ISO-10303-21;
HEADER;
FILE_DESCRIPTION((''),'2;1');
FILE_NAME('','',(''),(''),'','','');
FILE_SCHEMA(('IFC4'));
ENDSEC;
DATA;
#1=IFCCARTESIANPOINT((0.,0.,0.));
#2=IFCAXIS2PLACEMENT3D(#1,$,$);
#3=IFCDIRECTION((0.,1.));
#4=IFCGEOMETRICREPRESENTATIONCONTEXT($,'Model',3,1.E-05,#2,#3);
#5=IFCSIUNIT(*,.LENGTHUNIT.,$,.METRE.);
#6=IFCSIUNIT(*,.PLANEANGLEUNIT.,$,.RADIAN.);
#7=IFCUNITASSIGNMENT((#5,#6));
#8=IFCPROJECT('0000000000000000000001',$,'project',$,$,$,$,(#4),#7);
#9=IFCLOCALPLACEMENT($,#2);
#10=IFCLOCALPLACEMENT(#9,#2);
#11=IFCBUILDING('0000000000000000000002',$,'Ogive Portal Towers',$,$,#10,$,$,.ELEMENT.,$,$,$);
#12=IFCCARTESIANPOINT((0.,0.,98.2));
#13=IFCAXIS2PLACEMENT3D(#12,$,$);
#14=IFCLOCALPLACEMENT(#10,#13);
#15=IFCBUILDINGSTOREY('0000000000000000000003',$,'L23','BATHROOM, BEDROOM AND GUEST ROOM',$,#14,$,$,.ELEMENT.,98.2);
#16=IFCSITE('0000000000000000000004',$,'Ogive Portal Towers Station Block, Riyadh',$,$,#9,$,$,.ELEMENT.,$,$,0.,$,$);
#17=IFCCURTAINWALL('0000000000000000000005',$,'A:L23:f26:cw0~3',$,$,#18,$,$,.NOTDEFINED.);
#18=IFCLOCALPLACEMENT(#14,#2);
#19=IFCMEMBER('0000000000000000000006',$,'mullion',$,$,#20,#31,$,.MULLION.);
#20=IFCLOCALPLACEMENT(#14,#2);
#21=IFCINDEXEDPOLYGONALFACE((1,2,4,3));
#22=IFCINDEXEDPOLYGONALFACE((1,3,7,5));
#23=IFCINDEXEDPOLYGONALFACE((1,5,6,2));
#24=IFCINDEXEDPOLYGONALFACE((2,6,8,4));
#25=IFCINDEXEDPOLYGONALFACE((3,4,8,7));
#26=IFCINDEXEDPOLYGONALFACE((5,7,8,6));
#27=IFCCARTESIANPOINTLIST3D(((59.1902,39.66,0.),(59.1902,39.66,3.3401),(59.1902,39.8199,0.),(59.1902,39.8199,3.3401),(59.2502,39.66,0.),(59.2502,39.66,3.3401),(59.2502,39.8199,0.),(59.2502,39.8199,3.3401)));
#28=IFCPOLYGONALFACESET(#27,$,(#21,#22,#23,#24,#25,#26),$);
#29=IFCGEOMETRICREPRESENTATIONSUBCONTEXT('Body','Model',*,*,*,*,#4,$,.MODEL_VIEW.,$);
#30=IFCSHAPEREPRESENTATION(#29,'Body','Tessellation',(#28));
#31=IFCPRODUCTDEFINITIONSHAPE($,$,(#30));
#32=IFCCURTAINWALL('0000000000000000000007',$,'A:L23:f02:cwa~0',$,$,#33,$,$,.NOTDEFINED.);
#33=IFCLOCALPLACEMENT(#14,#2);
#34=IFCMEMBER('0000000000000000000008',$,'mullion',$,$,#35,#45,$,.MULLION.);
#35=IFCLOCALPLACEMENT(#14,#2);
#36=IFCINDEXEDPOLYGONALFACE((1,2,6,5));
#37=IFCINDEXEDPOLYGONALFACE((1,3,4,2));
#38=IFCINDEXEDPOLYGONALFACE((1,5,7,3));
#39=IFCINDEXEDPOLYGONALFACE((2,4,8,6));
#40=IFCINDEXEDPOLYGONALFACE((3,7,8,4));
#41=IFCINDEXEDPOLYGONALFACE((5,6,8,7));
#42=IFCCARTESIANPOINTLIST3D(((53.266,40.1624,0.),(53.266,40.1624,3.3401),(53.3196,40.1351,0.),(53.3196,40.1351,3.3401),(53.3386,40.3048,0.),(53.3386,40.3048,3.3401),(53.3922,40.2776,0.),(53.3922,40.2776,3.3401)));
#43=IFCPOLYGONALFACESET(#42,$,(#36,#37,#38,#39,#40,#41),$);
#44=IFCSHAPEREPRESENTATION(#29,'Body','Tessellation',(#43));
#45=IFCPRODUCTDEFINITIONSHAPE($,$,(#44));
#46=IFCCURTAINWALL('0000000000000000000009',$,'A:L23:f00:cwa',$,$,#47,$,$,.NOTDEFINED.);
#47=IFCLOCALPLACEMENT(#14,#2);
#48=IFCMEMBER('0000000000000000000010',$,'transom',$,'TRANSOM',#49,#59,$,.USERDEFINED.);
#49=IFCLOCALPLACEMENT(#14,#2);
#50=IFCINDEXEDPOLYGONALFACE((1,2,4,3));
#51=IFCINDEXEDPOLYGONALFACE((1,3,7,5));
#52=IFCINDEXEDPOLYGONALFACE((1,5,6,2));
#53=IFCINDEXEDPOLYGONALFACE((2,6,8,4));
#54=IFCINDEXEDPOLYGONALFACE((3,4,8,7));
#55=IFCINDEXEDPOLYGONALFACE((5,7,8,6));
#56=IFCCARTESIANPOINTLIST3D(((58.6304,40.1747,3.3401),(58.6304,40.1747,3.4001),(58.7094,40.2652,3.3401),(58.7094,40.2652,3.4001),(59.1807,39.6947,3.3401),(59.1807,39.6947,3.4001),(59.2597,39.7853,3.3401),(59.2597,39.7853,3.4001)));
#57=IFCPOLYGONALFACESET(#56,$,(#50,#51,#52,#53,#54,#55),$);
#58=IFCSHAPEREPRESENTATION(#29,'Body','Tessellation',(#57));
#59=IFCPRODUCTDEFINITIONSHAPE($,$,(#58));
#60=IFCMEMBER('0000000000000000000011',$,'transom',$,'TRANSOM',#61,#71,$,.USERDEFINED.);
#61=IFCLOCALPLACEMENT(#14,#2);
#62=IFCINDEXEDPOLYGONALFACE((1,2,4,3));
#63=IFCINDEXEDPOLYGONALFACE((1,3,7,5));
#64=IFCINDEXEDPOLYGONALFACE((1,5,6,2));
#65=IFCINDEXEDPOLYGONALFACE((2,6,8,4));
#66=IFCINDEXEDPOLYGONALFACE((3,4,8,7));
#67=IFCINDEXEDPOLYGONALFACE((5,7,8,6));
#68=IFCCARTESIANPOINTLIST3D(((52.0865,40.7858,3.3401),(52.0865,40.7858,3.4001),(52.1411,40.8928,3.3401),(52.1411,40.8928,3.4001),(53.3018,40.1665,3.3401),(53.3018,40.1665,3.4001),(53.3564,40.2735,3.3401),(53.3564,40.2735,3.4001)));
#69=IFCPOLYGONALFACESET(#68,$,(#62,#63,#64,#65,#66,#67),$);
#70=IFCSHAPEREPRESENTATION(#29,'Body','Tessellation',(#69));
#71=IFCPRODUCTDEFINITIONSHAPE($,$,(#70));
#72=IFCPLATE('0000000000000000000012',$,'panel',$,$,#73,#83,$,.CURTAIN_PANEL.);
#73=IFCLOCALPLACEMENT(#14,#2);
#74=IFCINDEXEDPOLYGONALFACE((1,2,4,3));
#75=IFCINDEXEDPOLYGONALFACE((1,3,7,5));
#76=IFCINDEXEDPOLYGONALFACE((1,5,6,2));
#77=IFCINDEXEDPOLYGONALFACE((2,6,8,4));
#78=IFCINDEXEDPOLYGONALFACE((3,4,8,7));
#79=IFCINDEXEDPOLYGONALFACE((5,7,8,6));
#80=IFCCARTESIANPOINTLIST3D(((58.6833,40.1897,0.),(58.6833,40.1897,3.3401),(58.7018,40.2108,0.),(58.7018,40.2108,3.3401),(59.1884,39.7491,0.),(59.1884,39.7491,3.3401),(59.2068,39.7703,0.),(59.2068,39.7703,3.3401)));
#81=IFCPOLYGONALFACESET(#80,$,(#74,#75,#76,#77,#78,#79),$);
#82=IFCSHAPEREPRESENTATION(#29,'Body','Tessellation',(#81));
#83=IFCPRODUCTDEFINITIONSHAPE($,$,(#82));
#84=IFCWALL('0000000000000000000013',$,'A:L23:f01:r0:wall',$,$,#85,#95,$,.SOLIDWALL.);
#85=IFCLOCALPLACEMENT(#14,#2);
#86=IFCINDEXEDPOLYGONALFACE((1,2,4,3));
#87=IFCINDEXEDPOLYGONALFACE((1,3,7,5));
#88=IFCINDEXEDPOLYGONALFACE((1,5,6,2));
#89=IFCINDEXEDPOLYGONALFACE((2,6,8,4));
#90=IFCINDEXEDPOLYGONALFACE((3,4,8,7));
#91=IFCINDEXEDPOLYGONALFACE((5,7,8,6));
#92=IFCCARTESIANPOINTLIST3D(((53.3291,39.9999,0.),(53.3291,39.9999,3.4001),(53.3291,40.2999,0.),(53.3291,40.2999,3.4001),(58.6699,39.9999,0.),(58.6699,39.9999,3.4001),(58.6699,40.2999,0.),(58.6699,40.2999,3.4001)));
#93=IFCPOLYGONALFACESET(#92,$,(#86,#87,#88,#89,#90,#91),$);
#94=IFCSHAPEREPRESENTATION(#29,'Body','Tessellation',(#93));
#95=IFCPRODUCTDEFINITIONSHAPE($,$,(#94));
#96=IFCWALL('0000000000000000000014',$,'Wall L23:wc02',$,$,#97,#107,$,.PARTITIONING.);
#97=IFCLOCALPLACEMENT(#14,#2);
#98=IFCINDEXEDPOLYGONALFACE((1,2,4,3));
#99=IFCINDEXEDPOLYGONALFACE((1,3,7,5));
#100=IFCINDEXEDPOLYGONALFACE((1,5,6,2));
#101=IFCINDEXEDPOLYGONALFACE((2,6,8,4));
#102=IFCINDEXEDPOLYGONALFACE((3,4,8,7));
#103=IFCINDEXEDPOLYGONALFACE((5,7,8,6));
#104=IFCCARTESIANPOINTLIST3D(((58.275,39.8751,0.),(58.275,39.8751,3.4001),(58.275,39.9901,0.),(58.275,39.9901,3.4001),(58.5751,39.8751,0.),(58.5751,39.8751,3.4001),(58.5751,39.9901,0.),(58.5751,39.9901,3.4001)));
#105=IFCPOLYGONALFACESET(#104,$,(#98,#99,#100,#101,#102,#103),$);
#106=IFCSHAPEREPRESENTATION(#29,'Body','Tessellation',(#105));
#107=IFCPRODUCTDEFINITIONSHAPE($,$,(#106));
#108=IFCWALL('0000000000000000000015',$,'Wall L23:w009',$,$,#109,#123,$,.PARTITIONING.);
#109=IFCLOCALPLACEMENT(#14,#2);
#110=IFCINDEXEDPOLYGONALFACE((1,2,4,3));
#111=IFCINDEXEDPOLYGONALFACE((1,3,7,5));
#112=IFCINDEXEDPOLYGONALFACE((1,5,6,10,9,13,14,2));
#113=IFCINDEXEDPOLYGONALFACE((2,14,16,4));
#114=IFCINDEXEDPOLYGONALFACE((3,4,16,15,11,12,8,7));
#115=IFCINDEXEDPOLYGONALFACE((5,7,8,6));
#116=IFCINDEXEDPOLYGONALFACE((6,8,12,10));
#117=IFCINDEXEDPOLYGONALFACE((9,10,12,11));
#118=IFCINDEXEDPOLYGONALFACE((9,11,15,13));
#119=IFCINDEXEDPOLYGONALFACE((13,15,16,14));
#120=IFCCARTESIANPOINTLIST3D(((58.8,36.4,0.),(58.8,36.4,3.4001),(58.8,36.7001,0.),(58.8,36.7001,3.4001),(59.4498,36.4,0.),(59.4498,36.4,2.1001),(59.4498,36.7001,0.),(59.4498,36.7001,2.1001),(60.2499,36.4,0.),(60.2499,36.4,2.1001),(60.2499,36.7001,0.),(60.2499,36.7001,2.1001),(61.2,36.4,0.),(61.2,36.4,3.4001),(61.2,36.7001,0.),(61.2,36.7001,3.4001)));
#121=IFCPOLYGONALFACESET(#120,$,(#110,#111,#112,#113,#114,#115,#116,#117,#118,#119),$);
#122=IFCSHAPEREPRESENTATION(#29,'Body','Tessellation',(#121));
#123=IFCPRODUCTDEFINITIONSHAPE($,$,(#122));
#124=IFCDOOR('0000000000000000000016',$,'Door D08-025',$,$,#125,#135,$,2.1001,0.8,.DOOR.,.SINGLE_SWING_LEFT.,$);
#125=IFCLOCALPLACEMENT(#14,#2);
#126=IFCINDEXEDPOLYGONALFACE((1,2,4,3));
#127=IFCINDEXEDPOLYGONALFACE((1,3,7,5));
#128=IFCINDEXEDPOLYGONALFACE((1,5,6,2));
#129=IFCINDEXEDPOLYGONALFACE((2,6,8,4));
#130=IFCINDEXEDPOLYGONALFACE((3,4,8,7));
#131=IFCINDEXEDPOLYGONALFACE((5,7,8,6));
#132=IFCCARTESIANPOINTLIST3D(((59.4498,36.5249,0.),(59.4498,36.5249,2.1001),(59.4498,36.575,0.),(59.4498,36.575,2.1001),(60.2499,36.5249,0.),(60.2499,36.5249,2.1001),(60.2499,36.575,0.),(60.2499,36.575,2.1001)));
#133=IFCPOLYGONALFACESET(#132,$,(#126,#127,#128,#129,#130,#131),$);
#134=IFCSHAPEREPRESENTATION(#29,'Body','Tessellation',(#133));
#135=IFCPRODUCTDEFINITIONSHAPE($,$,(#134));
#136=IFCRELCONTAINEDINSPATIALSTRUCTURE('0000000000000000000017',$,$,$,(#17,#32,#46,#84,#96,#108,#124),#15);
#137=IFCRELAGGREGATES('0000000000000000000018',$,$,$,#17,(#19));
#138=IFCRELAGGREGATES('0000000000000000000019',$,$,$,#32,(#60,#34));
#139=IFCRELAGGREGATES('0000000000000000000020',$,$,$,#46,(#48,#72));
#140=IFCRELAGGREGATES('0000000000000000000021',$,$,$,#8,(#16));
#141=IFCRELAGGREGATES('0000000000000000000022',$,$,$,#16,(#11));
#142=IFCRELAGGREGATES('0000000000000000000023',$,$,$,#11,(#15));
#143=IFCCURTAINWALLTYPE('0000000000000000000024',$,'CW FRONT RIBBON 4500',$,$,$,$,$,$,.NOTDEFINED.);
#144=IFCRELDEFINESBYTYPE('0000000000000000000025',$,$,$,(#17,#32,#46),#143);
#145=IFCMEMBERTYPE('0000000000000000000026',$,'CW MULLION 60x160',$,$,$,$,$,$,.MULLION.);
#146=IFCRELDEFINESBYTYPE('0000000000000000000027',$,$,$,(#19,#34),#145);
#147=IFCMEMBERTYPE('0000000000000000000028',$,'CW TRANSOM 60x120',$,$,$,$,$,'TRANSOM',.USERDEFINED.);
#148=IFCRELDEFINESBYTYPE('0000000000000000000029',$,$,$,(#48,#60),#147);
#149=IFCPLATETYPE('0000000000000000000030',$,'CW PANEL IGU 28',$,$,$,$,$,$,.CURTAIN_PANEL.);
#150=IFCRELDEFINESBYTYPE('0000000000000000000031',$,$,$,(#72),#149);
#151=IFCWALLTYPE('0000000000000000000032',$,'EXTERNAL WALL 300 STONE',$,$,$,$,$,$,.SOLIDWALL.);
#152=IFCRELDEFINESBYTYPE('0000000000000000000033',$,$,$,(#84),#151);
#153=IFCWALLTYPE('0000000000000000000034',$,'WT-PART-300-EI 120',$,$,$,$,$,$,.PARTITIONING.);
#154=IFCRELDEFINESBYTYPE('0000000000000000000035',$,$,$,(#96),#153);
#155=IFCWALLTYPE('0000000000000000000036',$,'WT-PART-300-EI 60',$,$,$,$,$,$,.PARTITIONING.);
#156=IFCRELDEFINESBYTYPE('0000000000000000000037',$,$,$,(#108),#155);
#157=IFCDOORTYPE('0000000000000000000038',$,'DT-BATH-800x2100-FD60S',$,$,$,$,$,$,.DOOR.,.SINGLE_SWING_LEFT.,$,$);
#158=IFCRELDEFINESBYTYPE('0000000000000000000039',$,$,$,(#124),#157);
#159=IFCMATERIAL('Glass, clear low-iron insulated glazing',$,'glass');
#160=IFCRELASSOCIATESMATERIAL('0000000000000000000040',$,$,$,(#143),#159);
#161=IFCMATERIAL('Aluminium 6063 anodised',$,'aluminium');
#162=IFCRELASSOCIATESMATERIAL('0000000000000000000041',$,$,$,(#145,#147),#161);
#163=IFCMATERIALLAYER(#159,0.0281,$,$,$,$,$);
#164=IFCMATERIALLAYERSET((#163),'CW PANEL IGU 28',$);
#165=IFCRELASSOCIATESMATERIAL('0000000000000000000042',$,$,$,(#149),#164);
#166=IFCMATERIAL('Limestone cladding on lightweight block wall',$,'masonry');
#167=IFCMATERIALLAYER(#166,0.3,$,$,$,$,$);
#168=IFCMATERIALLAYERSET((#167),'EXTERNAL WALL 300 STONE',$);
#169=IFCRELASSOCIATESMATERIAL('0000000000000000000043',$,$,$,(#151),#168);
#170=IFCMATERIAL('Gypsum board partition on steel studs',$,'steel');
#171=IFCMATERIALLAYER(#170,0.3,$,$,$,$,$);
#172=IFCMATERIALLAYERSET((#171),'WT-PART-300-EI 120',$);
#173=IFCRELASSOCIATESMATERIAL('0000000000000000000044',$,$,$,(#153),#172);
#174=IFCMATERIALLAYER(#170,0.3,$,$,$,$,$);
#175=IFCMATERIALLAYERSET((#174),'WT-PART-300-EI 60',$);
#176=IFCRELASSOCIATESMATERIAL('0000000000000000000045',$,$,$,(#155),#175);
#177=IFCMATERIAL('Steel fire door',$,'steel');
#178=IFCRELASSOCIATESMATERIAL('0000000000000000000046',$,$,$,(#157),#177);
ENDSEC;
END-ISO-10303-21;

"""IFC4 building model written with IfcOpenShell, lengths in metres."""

from ifc_helpers import new_model, si_unit, direction, frame, frame_2d, origin, origin_2d, place, context, subcontext, project, spatial, rectangle, extrude, material, layer, layer_set, material_profile, profile_set, type_object, element, fill, aggregate, save


model = new_model("IFC4")

# Units and contexts
model_context = context("Model", 3, precision=1e-05, world=origin(), true_north=direction((0.0, 1.0)))
body_context = subcontext(model_context, "Body", "Model", "MODEL_VIEW")
ifc_project = project(units=[si_unit("LENGTHUNIT", "METRE"), si_unit("PLANEANGLEUNIT", "RADIAN")], contexts=[model_context])

# Site, building, storey
site_placement = place(None, origin())
site = spatial("IfcSite", under=ifc_project, at=site_placement, Name="Ogive Portal Towers Station Block, Riyadh", CompositionType="ELEMENT", RefElevation=0.0)
building_placement = place(site_placement, origin())
building = spatial("IfcBuilding", under=site, at=building_placement, Name="Ogive Portal Towers", CompositionType="ELEMENT")
storey_placement = place(building_placement, frame((0.0, 0.0, 98.2)))
storey = spatial("IfcBuildingStorey", under=building, at=storey_placement, Name="L23", Description="BATHROOM, BEDROOM AND GUEST ROOM", CompositionType="ELEMENT", Elevation=98.2)

# Curtain walls, members
ifc_material_1 = material(Name="Glass, clear low-iron insulated glazing", Category="glass")
curtain_wall_type = type_object("IfcCurtainWallType", Name="CW FRONT RIBBON 4500", PredefinedType="NOTDEFINED", material=ifc_material_1)
curtain_wall_1_placement = place(storey_placement, origin())
curtain_wall_1 = element("IfcCurtainWall", 1, at=curtain_wall_1_placement, inside=storey, type_object=curtain_wall_type, Name="A:L23:f26:cw0~3", PredefinedType="NOTDEFINED")
ifc_material_2 = material(Name="Aluminium 6063 anodised", Category="aluminium")
ifc_material_profile_1 = material_profile(ifc_material_2, rectangle(XDim=0.1599, YDim=0.0601, at=origin_2d()), Name="AL 60x160")
ifc_profile_set_1 = profile_set([ifc_material_profile_1], Name="Aluminium 6063 anodised")
member_type_1 = type_object("IfcMemberType", Name="CW MULLION 60x160", PredefinedType="MULLION", material=ifc_profile_set_1)
member_1_placement = place(storey_placement, frame((59.2202, 39.74, 0.0), z_axis=(0.0, 0.0, 1.0), x_axis=(0.0, -1.0, 0.0)))
member_1 = element("IfcMember", 2, at=member_1_placement, type_object=member_type_1, Name="mullion", PredefinedType="MULLION", context=body_context, shape_type="SweptSolid", body=[
    extrude(rectangle(XDim=0.1599, YDim=0.0601, at=origin_2d()), origin(), (0.0, 0.0, 1.0), 3.3401),
])
aggregate(curtain_wall_1, [member_1])
curtain_wall_2_placement = place(storey_placement, origin())
curtain_wall_2 = element("IfcCurtainWall", 3, at=curtain_wall_2_placement, inside=storey, type_object=curtain_wall_type, Name="A:L23:f02:cwa~0", PredefinedType="NOTDEFINED")
member_2_placement = place(storey_placement, frame((53.3291, 40.22, 0.0), z_axis=(0.0, 0.0, 1.0), x_axis=(-0.45399, -0.891007, 0.0)))
member_2 = element("IfcMember", 4, at=member_2_placement, type_object=member_type_1, Name="mullion", PredefinedType="MULLION", context=body_context, shape_type="SweptSolid", body=[
    extrude(rectangle(XDim=0.1599, YDim=0.0601, at=origin_2d()), origin(), (0.0, 0.0, 1.0), 3.3401),
])
curtain_wall_3_placement = place(storey_placement, origin())
curtain_wall_3 = element("IfcCurtainWall", 5, at=curtain_wall_3_placement, inside=storey, type_object=curtain_wall_type, Name="A:L23:f00:cwa", PredefinedType="NOTDEFINED")
ifc_material_profile_2 = material_profile(ifc_material_2, rectangle(XDim=0.1201, YDim=0.0601, at=origin_2d()), Name="AL 120x60")
ifc_profile_set_2 = profile_set([ifc_material_profile_2], Name="Aluminium 6063 anodised")
member_type_2 = type_object("IfcMemberType", Name="CW TRANSOM 60x120", ElementType="TRANSOM", PredefinedType="USERDEFINED", material=ifc_profile_set_2)
member_3_placement = place(storey_placement, frame((59.2202, 39.74, 3.3701), z_axis=(-0.753611, 0.65732, 0.0), x_axis=(-0.65732, -0.753611, 0.0)))
member_3 = element("IfcMember", 6, at=member_3_placement, type_object=member_type_2, Name="transom", ObjectType="TRANSOM", PredefinedType="USERDEFINED", context=body_context, shape_type="SweptSolid", body=[
    extrude(rectangle(XDim=0.1201, YDim=0.0601, at=origin_2d()), origin(), (0.0, 0.0, 1.0), 0.7302),
])

# Member
member_4_placement = place(storey_placement, frame((53.3291, 40.22, 3.3701), z_axis=(-0.890964, 0.454073, 0.0), x_axis=(-0.454073, -0.890964, 0.0)))
member_4 = element("IfcMember", 7, at=member_4_placement, type_object=member_type_2, Name="transom", ObjectType="TRANSOM", PredefinedType="USERDEFINED", context=body_context, shape_type="SweptSolid", body=[
    extrude(rectangle(XDim=0.1201, YDim=0.0601, at=origin_2d()), origin(), (0.0, 0.0, 1.0), 1.364),
])
aggregate(curtain_wall_2, [member_4, member_2])

# Plate
ifc_layer_1 = layer(ifc_material_1, 0.0281)
ifc_layer_set_1 = layer_set([ifc_layer_1], Name="CW PANEL IGU 28")
plate_type = type_object("IfcPlateType", Name="CW PANEL IGU 28", PredefinedType="CURTAIN_PANEL", material=ifc_layer_set_1)
plate_placement = place(storey_placement, frame((58.9451, 39.98, 0.0), z_axis=(0.0, 0.0, 1.0), x_axis=(-0.753599, 0.657335, 0.0)))
plate = element("IfcPlate", 8, at=plate_placement, type_object=plate_type, Name="panel", PredefinedType="CURTAIN_PANEL", context=body_context, shape_type="SweptSolid", body=[
    extrude(rectangle(XDim=0.6702, YDim=0.0281, at=origin_2d()), origin(), (0.0, 0.0, 1.0), 3.3401),
])
aggregate(curtain_wall_3, [member_3, plate])

# Walls
ifc_material_3 = material(Name="Limestone cladding on lightweight block wall", Category="masonry")
ifc_layer_2 = layer(ifc_material_3, 0.3)
ifc_layer_set_2 = layer_set([ifc_layer_2], Name="EXTERNAL WALL 300 STONE")
wall_type_1 = type_object("IfcWallType", Name="EXTERNAL WALL 300 STONE", PredefinedType="SOLIDWALL", material=ifc_layer_set_2)
wall_1_placement = place(storey_placement, frame((58.6699, 40.1499, 0.0), z_axis=(0.0, 0.0, 1.0), x_axis=(-1.0, 0.0, 0.0)))
element("IfcWall", 9, at=wall_1_placement, inside=storey, type_object=wall_type_1, Name="A:L23:f01:r0:wall", PredefinedType="SOLIDWALL", context=body_context, shape_type="SweptSolid", body=[
    extrude(rectangle(XDim=5.3408, YDim=0.3, at=frame_2d((2.6704, 0.0))), origin(), (0.0, 0.0, 1.0), 3.4001),
])
ifc_material_4 = material(Name="Gypsum board partition on steel studs", Category="steel")
ifc_layer_3 = layer(ifc_material_4, 0.3)
ifc_layer_set_3 = layer_set([ifc_layer_3], Name="WT-PART-300-EI 120")
wall_type_2 = type_object("IfcWallType", Name="WT-PART-300-EI 120", PredefinedType="PARTITIONING", material=ifc_layer_set_3)
wall_2_placement = place(storey_placement, frame((58.425, 39.875, 0.0), z_axis=(0.0, 0.0, 1.0), x_axis=(0.0, 1.0, 0.0)))
element("IfcWall", 10, at=wall_2_placement, inside=storey, type_object=wall_type_2, Name="Wall L23:wc02", PredefinedType="PARTITIONING", context=body_context, shape_type="SweptSolid", body=[
    extrude(rectangle(XDim=0.115, YDim=0.3, at=frame_2d((0.0576, 0.0))), origin(), (0.0, 0.0, 1.0), 3.4001),
])

# Wall, opening, door
ifc_layer_4 = layer(ifc_material_4, 0.3)
ifc_layer_set_4 = layer_set([ifc_layer_4], Name="WT-PART-300-EI 60")
wall_type_3 = type_object("IfcWallType", Name="WT-PART-300-EI 60", PredefinedType="PARTITIONING", material=ifc_layer_set_4)
wall_3_placement = place(storey_placement, frame((58.8, 36.55, 0.0), z_axis=(0.0, 0.0, 1.0), x_axis=(1.0, 0.0, 0.0)))
wall_3 = element("IfcWall", 11, at=wall_3_placement, inside=storey, type_object=wall_type_3, Name="Wall L23:w009", PredefinedType="PARTITIONING", context=body_context, shape_type="SweptSolid", body=[
    extrude(rectangle(XDim=2.3999, YDim=0.3, at=frame_2d((1.2, 0.0))), origin(), (0.0, 0.0, 1.0), 3.4001),
])
opening_1_placement = place(wall_3_placement, frame((0.6499, 0.0, 0.0)))
opening_1 = element("IfcOpeningElement", 12, at=opening_1_placement, cuts=wall_3, PredefinedType="OPENING", context=body_context, shape_type="SweptSolid", body=[
    extrude(rectangle(XDim=0.8, YDim=2.1001, at=frame_2d((0.3999, 1.05))), frame((0.0, 0.1602, 0.0), z_axis=(0.0, -1.0, 0.0), x_axis=(1.0, 0.0, 0.0)), (0.0, 0.0, 1.0), 0.3201),
])
ifc_material_5 = material(Name="Steel fire door", Category="steel")
door_type_1 = type_object("IfcDoorType", Name="DT-BATH-800x2100-FD60S", OperationType="SINGLE_SWING_LEFT", PredefinedType="DOOR", material=ifc_material_5)
door_1_placement = place(opening_1_placement, origin())
door_1 = element("IfcDoor", 13, at=door_1_placement, inside=storey, type_object=door_type_1, Name="Door D08-025", OperationType="SINGLE_SWING_LEFT", OverallHeight=2.1001, OverallWidth=0.8, PredefinedType="DOOR", context=body_context, shape_type="SweptSolid", body=[
    extrude(rectangle(XDim=0.8, YDim=2.1001, at=frame_2d((0.3999, 1.05))), frame((0.0, 0.0249, 0.0), z_axis=(0.0, -1.0, 0.0), x_axis=(1.0, 0.0, 0.0)), (0.0, 0.0, 1.0), 0.05),
])
fill(opening_1, door_1)

save(model, "model.ifc")
